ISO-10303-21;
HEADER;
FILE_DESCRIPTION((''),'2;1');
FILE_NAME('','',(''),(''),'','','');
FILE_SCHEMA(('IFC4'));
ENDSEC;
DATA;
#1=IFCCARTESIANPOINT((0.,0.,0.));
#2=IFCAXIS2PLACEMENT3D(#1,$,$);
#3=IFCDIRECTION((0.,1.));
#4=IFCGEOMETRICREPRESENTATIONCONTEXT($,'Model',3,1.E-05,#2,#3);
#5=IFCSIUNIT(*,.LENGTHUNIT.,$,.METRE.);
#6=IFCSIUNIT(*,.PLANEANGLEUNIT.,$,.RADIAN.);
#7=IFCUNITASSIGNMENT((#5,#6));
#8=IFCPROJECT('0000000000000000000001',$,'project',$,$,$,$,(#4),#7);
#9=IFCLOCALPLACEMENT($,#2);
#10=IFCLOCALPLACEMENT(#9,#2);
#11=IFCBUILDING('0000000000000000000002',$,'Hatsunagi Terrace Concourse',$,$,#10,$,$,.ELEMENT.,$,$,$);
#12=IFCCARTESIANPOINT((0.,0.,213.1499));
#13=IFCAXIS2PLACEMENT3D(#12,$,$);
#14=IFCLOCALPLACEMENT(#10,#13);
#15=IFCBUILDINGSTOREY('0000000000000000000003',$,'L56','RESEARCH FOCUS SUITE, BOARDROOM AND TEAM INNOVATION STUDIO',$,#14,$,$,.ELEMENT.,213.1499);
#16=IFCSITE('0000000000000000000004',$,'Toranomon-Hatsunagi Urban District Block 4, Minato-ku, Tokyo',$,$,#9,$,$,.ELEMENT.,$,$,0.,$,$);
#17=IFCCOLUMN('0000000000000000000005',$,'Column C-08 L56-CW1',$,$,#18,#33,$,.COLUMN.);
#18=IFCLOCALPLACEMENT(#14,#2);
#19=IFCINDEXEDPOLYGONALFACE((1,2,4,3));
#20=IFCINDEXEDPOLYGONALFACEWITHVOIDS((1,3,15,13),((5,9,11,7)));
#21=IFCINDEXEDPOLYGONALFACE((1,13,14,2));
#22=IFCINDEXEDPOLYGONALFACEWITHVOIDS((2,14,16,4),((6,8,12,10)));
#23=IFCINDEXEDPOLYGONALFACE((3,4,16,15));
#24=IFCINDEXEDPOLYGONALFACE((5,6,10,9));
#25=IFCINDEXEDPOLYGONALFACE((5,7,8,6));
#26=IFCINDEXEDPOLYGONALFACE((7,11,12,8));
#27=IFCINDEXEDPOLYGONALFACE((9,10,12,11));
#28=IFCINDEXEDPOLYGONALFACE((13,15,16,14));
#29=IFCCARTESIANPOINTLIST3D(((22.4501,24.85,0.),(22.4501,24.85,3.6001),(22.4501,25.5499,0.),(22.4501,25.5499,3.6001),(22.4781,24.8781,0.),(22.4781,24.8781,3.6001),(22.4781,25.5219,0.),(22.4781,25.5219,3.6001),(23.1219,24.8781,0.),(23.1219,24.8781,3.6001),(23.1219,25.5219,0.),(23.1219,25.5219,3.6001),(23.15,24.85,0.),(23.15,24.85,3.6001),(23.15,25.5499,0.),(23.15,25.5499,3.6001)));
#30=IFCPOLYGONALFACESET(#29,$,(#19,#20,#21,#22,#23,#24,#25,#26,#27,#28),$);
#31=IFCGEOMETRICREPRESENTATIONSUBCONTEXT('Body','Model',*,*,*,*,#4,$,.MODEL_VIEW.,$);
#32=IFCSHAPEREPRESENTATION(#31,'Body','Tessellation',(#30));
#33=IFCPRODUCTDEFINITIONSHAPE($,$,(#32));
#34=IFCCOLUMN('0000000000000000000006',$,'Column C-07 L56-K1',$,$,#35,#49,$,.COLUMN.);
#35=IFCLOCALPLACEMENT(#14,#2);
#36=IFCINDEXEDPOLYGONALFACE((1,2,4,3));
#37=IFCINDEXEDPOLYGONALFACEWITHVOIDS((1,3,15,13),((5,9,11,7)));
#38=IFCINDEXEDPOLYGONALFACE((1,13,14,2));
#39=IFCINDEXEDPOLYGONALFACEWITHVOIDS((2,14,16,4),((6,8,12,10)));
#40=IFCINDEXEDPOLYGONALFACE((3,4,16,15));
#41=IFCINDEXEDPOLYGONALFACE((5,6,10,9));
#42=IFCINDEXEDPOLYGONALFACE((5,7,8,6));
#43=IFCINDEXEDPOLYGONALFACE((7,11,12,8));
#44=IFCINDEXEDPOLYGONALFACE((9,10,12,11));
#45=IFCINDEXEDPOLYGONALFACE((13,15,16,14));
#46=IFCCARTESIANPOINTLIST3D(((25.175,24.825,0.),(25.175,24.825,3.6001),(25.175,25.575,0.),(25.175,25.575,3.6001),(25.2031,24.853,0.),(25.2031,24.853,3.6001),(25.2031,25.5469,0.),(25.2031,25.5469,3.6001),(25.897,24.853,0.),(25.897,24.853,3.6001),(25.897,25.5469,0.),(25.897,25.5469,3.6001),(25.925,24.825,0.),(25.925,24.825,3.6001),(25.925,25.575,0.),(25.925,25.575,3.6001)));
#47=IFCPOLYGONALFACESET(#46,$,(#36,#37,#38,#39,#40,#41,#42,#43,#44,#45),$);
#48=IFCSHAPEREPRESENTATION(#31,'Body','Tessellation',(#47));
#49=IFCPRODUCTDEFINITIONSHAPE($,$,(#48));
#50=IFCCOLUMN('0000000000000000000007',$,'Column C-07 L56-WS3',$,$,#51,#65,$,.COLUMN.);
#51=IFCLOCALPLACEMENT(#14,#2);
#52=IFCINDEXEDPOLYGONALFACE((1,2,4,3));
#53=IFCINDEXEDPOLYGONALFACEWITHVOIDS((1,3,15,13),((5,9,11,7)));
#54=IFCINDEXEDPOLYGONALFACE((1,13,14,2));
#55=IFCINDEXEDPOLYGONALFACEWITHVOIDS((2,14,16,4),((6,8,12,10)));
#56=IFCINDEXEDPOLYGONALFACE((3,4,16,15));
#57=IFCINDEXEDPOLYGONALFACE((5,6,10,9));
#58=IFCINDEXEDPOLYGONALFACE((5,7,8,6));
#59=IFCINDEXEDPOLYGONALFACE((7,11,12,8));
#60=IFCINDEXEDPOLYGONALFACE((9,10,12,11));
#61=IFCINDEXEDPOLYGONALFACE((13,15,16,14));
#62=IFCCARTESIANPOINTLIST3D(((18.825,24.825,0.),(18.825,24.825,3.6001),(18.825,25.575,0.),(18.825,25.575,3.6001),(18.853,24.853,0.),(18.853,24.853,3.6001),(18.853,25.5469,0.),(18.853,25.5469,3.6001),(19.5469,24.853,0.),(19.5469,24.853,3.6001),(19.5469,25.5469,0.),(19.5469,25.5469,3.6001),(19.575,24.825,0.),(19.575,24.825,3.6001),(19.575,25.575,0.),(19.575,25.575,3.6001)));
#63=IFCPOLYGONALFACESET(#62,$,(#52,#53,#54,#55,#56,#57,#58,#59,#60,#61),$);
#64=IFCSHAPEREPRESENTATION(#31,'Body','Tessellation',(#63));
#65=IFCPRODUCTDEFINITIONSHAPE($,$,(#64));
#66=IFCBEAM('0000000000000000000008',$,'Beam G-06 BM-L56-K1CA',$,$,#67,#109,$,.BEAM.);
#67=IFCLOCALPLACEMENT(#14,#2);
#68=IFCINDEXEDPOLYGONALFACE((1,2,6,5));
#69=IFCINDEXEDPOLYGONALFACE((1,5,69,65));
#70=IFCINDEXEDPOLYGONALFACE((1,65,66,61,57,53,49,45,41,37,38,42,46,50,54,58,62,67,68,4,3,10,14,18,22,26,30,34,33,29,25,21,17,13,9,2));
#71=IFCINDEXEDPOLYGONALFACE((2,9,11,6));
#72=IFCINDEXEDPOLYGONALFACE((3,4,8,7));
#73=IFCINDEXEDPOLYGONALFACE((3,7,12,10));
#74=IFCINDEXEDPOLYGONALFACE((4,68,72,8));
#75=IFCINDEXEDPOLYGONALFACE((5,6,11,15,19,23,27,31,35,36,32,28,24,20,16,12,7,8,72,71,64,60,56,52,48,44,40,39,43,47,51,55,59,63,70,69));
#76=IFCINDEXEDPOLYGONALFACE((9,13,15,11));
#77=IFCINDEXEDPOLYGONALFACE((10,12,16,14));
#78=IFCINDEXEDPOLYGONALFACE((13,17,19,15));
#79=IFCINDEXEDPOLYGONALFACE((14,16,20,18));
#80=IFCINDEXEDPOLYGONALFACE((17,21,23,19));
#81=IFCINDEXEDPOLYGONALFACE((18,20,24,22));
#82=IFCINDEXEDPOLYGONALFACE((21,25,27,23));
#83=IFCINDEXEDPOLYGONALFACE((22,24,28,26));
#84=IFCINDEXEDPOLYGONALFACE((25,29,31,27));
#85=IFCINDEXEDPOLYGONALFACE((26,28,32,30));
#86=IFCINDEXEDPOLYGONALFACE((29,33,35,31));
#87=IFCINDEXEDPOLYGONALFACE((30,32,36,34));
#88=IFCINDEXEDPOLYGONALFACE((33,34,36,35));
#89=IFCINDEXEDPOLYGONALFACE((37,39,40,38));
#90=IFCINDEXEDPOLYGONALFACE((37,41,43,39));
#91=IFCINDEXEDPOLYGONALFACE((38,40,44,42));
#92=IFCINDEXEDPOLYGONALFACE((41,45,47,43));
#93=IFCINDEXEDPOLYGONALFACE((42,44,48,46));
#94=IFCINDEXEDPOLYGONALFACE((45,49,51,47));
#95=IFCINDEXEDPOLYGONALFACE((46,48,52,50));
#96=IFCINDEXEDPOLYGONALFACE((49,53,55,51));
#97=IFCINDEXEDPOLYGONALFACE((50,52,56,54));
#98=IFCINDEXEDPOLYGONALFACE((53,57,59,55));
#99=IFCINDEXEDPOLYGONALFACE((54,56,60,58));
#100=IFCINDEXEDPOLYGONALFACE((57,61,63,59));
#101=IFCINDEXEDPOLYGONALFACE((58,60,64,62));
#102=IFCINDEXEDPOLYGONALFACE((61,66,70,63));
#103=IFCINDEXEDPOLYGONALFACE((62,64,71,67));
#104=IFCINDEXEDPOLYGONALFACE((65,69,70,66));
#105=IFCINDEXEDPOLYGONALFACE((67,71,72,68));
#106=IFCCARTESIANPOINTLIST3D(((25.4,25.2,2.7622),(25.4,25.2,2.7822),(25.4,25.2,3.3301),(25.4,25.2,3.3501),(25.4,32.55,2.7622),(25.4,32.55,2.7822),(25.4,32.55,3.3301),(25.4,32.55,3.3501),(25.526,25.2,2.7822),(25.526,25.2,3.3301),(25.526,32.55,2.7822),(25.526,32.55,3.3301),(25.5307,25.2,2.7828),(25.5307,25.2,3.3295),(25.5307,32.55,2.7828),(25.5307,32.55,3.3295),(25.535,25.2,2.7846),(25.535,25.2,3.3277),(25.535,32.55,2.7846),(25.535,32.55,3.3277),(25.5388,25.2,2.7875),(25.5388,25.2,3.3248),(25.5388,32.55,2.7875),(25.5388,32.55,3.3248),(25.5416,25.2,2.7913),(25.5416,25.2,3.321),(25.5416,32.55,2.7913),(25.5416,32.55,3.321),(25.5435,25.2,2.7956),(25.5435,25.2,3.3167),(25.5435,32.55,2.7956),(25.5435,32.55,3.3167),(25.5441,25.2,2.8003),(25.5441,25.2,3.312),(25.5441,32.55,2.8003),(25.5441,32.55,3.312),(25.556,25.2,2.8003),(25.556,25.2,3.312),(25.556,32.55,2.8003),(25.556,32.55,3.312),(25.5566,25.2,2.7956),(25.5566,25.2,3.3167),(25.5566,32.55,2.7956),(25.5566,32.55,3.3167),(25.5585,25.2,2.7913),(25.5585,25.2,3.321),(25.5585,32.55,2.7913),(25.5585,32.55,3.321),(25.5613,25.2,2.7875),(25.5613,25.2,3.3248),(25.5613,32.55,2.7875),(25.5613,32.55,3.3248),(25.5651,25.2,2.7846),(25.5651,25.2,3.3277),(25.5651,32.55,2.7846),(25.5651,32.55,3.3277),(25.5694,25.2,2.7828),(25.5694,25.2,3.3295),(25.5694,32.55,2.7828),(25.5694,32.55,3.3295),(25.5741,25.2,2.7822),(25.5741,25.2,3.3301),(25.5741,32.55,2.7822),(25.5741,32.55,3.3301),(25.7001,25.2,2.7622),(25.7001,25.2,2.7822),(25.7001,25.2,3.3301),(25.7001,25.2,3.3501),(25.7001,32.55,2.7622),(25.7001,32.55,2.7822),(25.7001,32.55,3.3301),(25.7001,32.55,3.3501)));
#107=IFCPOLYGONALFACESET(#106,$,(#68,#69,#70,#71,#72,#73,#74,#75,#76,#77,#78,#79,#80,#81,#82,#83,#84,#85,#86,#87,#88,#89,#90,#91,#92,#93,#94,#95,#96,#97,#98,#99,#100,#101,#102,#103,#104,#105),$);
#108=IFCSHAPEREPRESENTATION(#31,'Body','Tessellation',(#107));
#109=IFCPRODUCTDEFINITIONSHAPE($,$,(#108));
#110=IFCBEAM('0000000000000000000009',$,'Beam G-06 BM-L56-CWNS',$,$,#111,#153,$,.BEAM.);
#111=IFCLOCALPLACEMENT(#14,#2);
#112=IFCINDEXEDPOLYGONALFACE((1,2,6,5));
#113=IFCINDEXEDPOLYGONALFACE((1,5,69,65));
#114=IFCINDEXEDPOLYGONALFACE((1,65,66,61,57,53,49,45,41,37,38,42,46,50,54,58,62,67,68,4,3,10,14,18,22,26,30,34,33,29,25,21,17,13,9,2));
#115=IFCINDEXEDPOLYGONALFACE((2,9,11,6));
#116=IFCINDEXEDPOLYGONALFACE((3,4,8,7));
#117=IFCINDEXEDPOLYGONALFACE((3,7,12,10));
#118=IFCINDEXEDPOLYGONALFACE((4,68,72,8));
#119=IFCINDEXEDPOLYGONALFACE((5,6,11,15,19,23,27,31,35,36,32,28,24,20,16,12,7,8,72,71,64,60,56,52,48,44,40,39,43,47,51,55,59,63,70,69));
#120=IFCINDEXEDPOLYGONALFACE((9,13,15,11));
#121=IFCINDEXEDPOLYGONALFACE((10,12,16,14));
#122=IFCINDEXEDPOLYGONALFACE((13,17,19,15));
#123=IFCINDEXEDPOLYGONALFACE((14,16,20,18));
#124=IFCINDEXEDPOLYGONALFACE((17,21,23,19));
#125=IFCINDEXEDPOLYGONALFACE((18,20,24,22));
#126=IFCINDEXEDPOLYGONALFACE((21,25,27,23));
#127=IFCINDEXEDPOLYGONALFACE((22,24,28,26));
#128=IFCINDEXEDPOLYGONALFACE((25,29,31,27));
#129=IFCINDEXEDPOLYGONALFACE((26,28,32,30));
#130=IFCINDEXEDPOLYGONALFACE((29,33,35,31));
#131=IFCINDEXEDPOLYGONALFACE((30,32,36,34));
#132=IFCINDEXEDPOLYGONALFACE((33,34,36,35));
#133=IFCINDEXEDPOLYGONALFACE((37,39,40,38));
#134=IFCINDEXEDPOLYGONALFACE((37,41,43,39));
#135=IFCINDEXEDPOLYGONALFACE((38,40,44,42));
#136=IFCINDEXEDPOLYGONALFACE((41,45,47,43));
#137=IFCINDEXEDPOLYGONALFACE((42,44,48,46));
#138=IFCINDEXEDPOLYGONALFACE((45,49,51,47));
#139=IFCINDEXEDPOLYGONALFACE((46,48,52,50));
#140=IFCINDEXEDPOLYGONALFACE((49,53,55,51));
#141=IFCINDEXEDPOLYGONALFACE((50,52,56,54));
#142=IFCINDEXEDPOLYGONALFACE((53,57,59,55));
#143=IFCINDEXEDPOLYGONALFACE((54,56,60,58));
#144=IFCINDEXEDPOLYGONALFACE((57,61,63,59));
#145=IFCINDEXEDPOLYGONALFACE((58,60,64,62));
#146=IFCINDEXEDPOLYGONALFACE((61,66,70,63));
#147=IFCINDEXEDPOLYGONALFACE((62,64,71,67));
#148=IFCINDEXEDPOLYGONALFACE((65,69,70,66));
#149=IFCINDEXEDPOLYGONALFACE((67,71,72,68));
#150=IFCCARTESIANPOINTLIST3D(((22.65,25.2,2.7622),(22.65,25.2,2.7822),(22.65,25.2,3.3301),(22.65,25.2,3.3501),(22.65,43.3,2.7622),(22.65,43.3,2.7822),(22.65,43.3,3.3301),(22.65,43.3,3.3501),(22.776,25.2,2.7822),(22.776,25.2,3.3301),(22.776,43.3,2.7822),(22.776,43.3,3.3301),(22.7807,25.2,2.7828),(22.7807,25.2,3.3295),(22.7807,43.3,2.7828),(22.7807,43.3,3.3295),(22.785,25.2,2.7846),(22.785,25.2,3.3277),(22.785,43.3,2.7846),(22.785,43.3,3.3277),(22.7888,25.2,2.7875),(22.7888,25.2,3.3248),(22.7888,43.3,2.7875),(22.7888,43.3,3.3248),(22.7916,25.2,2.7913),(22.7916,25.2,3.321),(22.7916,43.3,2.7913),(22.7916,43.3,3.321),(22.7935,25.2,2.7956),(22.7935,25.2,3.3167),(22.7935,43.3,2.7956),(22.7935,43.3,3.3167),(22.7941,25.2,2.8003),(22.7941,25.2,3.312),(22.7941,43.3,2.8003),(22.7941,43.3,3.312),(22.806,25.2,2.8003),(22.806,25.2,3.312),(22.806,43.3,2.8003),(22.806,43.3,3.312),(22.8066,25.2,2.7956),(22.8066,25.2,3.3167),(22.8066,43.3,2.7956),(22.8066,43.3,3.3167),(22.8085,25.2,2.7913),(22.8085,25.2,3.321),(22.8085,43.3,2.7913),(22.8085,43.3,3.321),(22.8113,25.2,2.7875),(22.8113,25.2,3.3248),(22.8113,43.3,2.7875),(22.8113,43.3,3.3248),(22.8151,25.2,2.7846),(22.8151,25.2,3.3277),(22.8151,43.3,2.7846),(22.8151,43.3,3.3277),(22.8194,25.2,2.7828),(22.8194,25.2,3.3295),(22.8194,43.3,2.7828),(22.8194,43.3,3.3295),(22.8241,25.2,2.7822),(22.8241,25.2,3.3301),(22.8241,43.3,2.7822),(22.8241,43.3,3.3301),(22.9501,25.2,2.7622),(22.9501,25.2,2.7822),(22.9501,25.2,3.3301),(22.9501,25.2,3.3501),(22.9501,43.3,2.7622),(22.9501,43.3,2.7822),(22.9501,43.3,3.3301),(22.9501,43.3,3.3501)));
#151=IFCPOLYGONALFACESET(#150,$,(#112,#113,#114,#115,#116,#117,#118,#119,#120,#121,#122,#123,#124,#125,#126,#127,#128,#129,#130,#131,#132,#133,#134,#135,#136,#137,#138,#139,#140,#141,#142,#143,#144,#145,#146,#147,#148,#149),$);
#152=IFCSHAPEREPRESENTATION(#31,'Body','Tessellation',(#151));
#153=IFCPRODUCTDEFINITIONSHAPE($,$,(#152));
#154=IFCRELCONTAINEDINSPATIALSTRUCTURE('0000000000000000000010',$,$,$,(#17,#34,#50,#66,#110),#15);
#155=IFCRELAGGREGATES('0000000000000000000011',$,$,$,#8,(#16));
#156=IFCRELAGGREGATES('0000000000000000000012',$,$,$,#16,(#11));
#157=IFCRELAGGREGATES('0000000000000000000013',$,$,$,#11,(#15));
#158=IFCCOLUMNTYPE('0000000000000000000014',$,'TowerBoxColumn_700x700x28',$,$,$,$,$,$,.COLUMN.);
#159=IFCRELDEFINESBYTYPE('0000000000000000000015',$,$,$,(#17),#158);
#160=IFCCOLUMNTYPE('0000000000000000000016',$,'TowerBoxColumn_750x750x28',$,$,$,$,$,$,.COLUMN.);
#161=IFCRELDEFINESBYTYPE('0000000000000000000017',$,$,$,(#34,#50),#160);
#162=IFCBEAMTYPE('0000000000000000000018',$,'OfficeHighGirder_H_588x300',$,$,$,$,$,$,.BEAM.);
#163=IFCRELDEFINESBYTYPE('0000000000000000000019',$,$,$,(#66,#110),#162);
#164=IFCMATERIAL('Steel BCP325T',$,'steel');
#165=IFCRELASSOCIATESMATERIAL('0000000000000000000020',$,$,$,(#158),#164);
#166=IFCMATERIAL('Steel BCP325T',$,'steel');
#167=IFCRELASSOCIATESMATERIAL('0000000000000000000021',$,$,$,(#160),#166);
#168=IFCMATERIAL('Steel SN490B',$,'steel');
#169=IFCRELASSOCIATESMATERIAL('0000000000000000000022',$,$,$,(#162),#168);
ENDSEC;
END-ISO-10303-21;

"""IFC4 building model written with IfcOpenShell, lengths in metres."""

from ifc_helpers import new_model, si_unit, direction, frame, origin, origin_2d, place, context, subcontext, project, spatial, hollow_rectangle, i_section, extrude, material, material_profile, profile_set, type_object, element, save


model = new_model("IFC4")

# Units and contexts
model_context = context("Model", 3, precision=1e-05, world=origin(), true_north=direction((0.0, 1.0)))
body_context = subcontext(model_context, "Body", "Model", "MODEL_VIEW")
ifc_project = project(units=[si_unit("LENGTHUNIT", "METRE"), si_unit("PLANEANGLEUNIT", "RADIAN")], contexts=[model_context])

# Site, building, storey
site_placement = place(None, origin())
site = spatial("IfcSite", under=ifc_project, at=site_placement, Name="Toranomon-Hatsunagi Urban District Block 4, Minato-ku, Tokyo", CompositionType="ELEMENT", RefElevation=0.0)
building_placement = place(site_placement, origin())
building = spatial("IfcBuilding", under=site, at=building_placement, Name="Hatsunagi Terrace Concourse", CompositionType="ELEMENT")
storey_placement = place(building_placement, frame((0.0, 0.0, 213.1499)))
storey = spatial("IfcBuildingStorey", under=building, at=storey_placement, Name="L56", Description="RESEARCH FOCUS SUITE, BOARDROOM AND TEAM INNOVATION STUDIO", CompositionType="ELEMENT", Elevation=213.1499)

# Columns
ifc_material_1 = material(Name="Steel BCP325T", Category="steel")
ifc_material_profile_1 = material_profile(ifc_material_1, hollow_rectangle(XDim=0.7, YDim=0.7, WallThickness=0.0281, at=origin_2d()), Name="BCP-700x700x28")
ifc_profile_set_1 = profile_set([ifc_material_profile_1], Name="Steel BCP325T")
column_type_1 = type_object("IfcColumnType", Name="TowerBoxColumn_700x700x28", PredefinedType="COLUMN", material=ifc_profile_set_1)
column_placement = place(storey_placement, frame((22.8, 25.2, 0.0), z_axis=(0.0, 0.0, 1.0), x_axis=(1.0, 0.0, 0.0)))
element("IfcColumn", 1, at=column_placement, inside=storey, type_object=column_type_1, Name="Column C-08 L56-CW1", PredefinedType="COLUMN", context=body_context, shape_type="SweptSolid", body=[
    extrude(hollow_rectangle(XDim=0.7, YDim=0.7, WallThickness=0.0281, at=origin_2d()), origin(), (0.0, 0.0, 1.0), 3.6001),
])
ifc_material_2 = material(Name="Steel BCP325T", Category="steel")
ifc_material_profile_2 = material_profile(ifc_material_2, hollow_rectangle(XDim=0.75, YDim=0.75, WallThickness=0.0281, at=origin_2d()), Name="BCP-750x750x28")
ifc_profile_set_2 = profile_set([ifc_material_profile_2], Name="Steel BCP325T")
column_type_2 = type_object("IfcColumnType", Name="TowerBoxColumn_750x750x28", PredefinedType="COLUMN", material=ifc_profile_set_2)
for number, where, z_axis, x_axis, name in (
    (2, (25.55, 25.2, 0.0), (0.0, 0.0, 1.0), (1.0, 0.0, 0.0), "Column C-07 L56-K1"),
    (3, (19.2, 25.2, 0.0), (0.0, 0.0, 1.0), (1.0, 0.0, 0.0), "Column C-07 L56-WS3"),
):
    element("IfcColumn", number, at=place(storey_placement, frame(where, z_axis=z_axis, x_axis=x_axis)), inside=storey, type_object=column_type_2, Name=name, PredefinedType="COLUMN", context=body_context, shape_type="SweptSolid", body=[
        extrude(hollow_rectangle(XDim=0.75, YDim=0.75, WallThickness=0.0281, at=origin_2d()), origin(), (0.0, 0.0, 1.0), 3.6001),
    ])

# Beams
ifc_material_3 = material(Name="Steel SN490B", Category="steel")
ifc_material_profile_3 = material_profile(ifc_material_3, i_section(OverallWidth=0.3, OverallDepth=0.5879, WebThickness=0.012, FlangeThickness=0.02, FilletRadius=0.0181, at=origin_2d()), Name="H-588x300x12x20")
ifc_profile_set_3 = profile_set([ifc_material_profile_3], Name="Steel SN490B")
beam_type_1 = type_object("IfcBeamType", Name="OfficeHighGirder_H_588x300", PredefinedType="BEAM", material=ifc_profile_set_3)
beam_1_placement = place(storey_placement, frame((25.55, 25.2, 3.0562), z_axis=(0.0, 1.0, 0.0), x_axis=(-1.0, 0.0, 0.0)))
element("IfcBeam", 4, at=beam_1_placement, inside=storey, type_object=beam_type_1, Name="Beam G-06 BM-L56-K1CA", PredefinedType="BEAM", context=body_context, shape_type="SweptSolid", body=[
    extrude(i_section(OverallWidth=0.3, OverallDepth=0.5879, WebThickness=0.012, FlangeThickness=0.02, FilletRadius=0.0181, at=origin_2d()), origin(), (0.0, 0.0, 1.0), 7.3501),
])
beam_2_placement = place(storey_placement, frame((22.8, 25.2, 3.0562), z_axis=(0.0, 1.0, 0.0), x_axis=(-1.0, 0.0, 0.0)))
element("IfcBeam", 5, at=beam_2_placement, inside=storey, type_object=beam_type_1, Name="Beam G-06 BM-L56-CWNS", PredefinedType="BEAM", context=body_context, shape_type="SweptSolid", body=[
    extrude(i_section(OverallWidth=0.3, OverallDepth=0.5879, WebThickness=0.012, FlangeThickness=0.02, FilletRadius=0.0181, at=origin_2d()), origin(), (0.0, 0.0, 1.0), 18.1001),
])

save(model, "model.ifc")
